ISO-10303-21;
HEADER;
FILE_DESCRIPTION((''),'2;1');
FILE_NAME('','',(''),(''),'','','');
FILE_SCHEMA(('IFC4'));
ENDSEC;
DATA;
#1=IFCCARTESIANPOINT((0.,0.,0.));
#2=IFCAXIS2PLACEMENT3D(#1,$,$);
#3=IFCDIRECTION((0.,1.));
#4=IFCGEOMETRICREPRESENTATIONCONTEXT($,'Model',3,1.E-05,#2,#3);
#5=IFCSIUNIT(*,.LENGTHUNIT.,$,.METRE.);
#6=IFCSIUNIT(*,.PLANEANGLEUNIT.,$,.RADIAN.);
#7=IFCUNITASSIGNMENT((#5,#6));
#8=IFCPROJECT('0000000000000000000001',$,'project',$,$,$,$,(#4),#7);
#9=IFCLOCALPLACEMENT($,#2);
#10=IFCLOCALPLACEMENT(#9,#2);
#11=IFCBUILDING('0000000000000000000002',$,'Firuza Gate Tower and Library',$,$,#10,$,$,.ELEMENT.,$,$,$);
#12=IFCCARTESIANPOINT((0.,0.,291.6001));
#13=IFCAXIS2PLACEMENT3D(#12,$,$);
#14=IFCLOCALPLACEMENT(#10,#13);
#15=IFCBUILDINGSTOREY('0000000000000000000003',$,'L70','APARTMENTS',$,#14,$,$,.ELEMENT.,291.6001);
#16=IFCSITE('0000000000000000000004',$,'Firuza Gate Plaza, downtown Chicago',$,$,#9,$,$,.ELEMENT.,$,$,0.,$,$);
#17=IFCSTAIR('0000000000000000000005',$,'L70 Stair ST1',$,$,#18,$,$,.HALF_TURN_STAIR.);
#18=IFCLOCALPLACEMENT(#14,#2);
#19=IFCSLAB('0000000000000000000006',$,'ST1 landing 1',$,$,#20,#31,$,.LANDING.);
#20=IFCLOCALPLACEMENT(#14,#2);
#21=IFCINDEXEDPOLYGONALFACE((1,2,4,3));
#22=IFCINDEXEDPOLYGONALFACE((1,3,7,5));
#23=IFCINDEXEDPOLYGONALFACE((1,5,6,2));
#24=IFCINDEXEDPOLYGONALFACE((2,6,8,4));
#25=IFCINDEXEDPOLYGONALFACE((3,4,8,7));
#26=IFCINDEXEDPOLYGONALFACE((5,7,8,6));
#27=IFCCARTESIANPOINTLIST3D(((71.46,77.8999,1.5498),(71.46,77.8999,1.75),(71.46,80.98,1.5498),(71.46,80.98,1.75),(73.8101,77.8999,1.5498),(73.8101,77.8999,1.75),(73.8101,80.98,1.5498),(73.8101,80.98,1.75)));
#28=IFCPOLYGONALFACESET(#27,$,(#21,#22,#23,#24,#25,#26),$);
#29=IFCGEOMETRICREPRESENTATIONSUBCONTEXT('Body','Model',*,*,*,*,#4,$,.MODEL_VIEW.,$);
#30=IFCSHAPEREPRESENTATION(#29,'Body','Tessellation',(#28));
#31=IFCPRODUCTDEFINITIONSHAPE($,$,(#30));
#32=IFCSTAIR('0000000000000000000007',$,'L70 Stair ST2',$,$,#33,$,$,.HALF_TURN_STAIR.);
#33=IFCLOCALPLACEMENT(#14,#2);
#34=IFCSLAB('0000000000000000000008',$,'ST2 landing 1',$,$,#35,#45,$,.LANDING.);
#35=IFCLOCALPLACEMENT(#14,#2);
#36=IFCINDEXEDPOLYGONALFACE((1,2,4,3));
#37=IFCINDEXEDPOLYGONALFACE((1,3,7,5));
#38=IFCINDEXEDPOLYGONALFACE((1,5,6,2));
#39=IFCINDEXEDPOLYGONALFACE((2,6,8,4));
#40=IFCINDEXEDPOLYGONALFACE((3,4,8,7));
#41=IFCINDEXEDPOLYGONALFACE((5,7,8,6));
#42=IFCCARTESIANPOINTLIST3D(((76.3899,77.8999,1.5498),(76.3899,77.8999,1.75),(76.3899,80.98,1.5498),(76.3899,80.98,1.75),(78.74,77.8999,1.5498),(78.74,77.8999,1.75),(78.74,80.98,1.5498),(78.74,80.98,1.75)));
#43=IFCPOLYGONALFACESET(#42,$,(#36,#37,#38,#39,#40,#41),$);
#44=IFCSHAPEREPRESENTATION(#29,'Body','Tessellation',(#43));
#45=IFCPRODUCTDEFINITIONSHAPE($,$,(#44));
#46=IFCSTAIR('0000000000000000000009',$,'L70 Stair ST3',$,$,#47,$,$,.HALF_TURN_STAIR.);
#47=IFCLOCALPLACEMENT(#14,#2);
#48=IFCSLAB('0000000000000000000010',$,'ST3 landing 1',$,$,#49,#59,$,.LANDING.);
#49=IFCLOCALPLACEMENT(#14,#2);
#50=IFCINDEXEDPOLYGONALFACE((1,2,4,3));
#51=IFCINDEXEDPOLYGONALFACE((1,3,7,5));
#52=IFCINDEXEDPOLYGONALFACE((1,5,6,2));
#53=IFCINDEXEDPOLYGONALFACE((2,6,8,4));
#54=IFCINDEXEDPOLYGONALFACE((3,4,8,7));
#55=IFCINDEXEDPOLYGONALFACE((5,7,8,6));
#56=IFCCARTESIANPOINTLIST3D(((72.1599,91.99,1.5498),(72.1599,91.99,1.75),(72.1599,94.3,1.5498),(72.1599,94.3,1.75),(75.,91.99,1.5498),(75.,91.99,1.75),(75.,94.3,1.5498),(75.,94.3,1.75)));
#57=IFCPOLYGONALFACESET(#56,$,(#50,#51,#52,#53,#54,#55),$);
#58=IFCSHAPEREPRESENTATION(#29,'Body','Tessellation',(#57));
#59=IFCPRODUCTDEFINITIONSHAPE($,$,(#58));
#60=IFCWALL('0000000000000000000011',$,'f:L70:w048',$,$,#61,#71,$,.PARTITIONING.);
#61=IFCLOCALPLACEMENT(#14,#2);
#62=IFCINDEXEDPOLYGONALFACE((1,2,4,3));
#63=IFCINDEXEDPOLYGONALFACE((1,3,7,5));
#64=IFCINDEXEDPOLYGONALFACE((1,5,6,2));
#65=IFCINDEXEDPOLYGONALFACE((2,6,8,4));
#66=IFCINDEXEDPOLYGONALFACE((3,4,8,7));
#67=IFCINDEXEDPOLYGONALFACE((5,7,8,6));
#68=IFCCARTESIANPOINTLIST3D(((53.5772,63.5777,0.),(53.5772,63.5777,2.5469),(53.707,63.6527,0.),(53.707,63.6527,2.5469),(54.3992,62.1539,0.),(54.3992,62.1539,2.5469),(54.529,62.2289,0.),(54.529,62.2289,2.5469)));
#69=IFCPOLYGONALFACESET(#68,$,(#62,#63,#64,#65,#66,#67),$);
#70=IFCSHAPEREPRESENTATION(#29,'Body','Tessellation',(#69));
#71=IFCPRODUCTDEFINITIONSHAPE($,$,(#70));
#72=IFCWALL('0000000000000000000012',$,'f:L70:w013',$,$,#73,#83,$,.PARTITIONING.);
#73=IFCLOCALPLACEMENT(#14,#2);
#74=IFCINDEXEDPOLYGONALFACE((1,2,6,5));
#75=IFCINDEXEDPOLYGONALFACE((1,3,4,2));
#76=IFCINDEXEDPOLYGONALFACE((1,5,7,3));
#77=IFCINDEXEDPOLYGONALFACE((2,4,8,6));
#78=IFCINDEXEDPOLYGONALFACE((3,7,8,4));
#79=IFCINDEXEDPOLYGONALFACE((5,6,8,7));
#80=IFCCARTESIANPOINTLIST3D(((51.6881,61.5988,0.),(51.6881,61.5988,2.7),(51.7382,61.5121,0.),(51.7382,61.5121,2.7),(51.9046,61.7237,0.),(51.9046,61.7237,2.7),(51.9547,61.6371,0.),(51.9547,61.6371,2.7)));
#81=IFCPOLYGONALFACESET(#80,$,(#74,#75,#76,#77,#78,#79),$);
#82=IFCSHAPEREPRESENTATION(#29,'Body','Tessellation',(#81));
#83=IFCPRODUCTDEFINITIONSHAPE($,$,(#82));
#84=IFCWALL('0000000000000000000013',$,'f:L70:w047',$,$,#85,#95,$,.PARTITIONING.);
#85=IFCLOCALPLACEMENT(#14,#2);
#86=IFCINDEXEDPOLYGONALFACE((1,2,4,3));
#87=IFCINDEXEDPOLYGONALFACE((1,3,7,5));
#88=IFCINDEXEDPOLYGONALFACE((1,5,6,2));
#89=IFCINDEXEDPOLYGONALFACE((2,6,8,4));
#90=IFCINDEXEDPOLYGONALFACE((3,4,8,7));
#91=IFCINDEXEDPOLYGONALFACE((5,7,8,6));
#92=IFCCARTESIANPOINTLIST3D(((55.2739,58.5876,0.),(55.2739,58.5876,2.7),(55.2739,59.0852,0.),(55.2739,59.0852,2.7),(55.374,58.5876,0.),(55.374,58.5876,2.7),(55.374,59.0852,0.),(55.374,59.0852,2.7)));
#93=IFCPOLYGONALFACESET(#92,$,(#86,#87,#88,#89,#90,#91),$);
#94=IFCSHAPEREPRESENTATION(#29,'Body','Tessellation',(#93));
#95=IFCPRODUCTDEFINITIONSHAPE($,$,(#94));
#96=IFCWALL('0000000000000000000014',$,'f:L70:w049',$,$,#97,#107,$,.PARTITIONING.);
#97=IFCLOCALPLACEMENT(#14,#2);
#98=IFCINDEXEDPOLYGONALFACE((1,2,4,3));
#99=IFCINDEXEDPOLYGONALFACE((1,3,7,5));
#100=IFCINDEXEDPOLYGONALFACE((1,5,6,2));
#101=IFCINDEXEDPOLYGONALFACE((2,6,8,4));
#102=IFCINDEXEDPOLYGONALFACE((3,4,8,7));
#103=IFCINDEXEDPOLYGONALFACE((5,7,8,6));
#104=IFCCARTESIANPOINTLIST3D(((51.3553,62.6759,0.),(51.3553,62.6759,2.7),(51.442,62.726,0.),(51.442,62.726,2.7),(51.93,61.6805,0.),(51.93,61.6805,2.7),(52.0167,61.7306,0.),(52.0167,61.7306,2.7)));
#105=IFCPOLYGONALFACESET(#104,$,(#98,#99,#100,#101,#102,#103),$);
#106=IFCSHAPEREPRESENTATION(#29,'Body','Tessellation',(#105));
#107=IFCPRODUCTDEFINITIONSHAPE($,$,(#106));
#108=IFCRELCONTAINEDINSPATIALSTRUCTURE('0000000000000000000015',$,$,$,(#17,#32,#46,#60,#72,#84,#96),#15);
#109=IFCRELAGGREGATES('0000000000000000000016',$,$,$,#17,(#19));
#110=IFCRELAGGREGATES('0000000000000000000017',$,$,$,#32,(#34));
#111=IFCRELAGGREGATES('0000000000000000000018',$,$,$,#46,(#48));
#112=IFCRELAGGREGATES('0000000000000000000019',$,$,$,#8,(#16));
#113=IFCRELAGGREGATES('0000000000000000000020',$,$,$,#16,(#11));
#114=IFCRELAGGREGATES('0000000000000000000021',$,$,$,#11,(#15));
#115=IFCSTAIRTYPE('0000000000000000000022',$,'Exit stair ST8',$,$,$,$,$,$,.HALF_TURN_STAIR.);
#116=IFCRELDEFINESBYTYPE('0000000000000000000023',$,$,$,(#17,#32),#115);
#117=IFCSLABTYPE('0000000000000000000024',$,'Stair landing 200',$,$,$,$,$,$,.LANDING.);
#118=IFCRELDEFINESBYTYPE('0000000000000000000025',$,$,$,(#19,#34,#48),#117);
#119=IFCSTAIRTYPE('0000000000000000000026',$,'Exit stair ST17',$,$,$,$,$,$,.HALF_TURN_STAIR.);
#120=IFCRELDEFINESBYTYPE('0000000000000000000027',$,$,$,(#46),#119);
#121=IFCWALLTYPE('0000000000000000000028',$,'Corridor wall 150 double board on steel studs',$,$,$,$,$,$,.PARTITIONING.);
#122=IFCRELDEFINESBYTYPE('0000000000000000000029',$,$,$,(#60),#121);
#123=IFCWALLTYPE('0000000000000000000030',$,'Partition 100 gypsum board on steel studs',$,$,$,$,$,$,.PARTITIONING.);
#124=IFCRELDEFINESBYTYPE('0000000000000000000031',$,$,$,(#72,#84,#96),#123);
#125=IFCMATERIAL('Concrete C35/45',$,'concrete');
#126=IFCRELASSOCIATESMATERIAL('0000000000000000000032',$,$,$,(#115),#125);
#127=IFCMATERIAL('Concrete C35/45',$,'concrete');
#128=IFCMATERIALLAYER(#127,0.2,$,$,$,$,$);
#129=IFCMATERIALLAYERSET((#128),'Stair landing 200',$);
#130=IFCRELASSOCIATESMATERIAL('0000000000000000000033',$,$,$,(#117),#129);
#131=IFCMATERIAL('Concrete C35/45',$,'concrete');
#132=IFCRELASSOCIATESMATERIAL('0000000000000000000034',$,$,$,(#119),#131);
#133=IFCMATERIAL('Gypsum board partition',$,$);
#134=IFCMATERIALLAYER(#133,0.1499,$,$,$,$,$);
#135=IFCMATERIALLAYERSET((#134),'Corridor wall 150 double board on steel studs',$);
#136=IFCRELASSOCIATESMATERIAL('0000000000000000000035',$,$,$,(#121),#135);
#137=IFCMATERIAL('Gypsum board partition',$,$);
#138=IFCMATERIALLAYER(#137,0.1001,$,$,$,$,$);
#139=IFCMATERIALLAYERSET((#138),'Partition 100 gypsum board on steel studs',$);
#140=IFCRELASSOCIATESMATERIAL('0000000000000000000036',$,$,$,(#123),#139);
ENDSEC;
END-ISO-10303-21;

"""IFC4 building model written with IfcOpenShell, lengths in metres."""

from ifc_helpers import new_model, si_unit, direction, frame, frame_2d, origin, place, context, subcontext, project, spatial, polyline, rectangle, outline, extrude, material, layer, layer_set, type_object, element, aggregate, save


model = new_model("IFC4")

# Units and contexts
model_context = context("Model", 3, precision=1e-05, world=origin(), true_north=direction((0.0, 1.0)))
body_context = subcontext(model_context, "Body", "Model", "MODEL_VIEW")
ifc_project = project(units=[si_unit("LENGTHUNIT", "METRE"), si_unit("PLANEANGLEUNIT", "RADIAN")], contexts=[model_context])

# Site, building, storey
site_placement = place(None, origin())
site = spatial("IfcSite", under=ifc_project, at=site_placement, Name="Firuza Gate Plaza, downtown Chicago", CompositionType="ELEMENT", RefElevation=0.0)
building_placement = place(site_placement, origin())
building = spatial("IfcBuilding", under=site, at=building_placement, Name="Firuza Gate Tower and Library", CompositionType="ELEMENT")
storey_placement = place(building_placement, frame((0.0, 0.0, 291.6001)))
storey = spatial("IfcBuildingStorey", under=building, at=storey_placement, Name="L70", Description="APARTMENTS", CompositionType="ELEMENT", Elevation=291.6001)

# Shared definitions
placement_1 = place(storey_placement, origin())

# Stairs, slabs
ifc_material_1 = material(Name="Concrete C35/45", Category="concrete")
stair_type_1 = type_object("IfcStairType", Name="Exit stair ST8", PredefinedType="HALF_TURN_STAIR", material=ifc_material_1)
stair_1 = element("IfcStair", 1, at=placement_1, inside=storey, type_object=stair_type_1, Name="L70 Stair ST1", PredefinedType="HALF_TURN_STAIR")
ifc_material_2 = material(Name="Concrete C35/45", Category="concrete")
ifc_layer_1 = layer(ifc_material_2, 0.2)
ifc_layer_set_1 = layer_set([ifc_layer_1], Name="Stair landing 200")
slab_type_1 = type_object("IfcSlabType", Name="Stair landing 200", PredefinedType="LANDING", material=ifc_layer_set_1)
placement_2 = place(storey_placement, frame((0.0, 0.0, 1.5498)))
slab_1 = element("IfcSlab", 2, at=placement_2, type_object=slab_type_1, Name="ST1 landing 1", PredefinedType="LANDING", context=body_context, shape_type="SweptSolid", body=[
    extrude(outline(polyline([(71.46, 77.8999), (73.8101, 77.8999), (73.8101, 80.98), (71.46, 80.98), (71.46, 77.8999)])), origin(), (0.0, 0.0, 1.0), 0.2002),
])
aggregate(stair_1, [slab_1])
stair_2 = element("IfcStair", 3, at=placement_1, inside=storey, type_object=stair_type_1, Name="L70 Stair ST2", PredefinedType="HALF_TURN_STAIR")
slab_2 = element("IfcSlab", 4, at=placement_2, type_object=slab_type_1, Name="ST2 landing 1", PredefinedType="LANDING", context=body_context, shape_type="SweptSolid", body=[
    extrude(outline(polyline([(78.74, 80.98), (76.3899, 80.98), (76.3899, 77.8999), (78.74, 77.8999), (78.74, 80.98)])), origin(), (0.0, 0.0, 1.0), 0.2002),
])
aggregate(stair_2, [slab_2])
ifc_material_3 = material(Name="Concrete C35/45", Category="concrete")
stair_type_2 = type_object("IfcStairType", Name="Exit stair ST17", PredefinedType="HALF_TURN_STAIR", material=ifc_material_3)
stair_3 = element("IfcStair", 5, at=placement_1, inside=storey, type_object=stair_type_2, Name="L70 Stair ST3", PredefinedType="HALF_TURN_STAIR")
slab_3 = element("IfcSlab", 6, at=placement_2, type_object=slab_type_1, Name="ST3 landing 1", PredefinedType="LANDING", context=body_context, shape_type="SweptSolid", body=[
    extrude(outline(polyline([(75.0, 91.99), (75.0, 94.3), (72.1599, 94.3), (72.1599, 91.99), (75.0, 91.99)])), origin(), (0.0, 0.0, 1.0), 0.2002),
])
aggregate(stair_3, [slab_3])

# Walls
ifc_material_4 = material(Name="Gypsum board partition")
ifc_layer_2 = layer(ifc_material_4, 0.1499)
ifc_layer_set_2 = layer_set([ifc_layer_2], Name="Corridor wall 150 double board on steel studs")
wall_type_1 = type_object("IfcWallType", Name="Corridor wall 150 double board on steel studs", PredefinedType="PARTITIONING", material=ifc_layer_set_2)
wall_1_placement = place(storey_placement, frame((54.4641, 62.1914, 0.0), z_axis=(0.0, 0.0, 1.0), x_axis=(-0.499988, 0.866032, 0.0)))
element("IfcWall", 7, at=wall_1_placement, inside=storey, type_object=wall_type_1, Name="f:L70:w048", PredefinedType="PARTITIONING", context=body_context, shape_type="SweptSolid", body=[
    extrude(rectangle(XDim=1.644, YDim=0.1499, at=frame_2d((0.822, 0.0))), origin(), (0.0, 0.0, 1.0), 2.5469),
])
ifc_material_5 = material(Name="Gypsum board partition")
ifc_layer_3 = layer(ifc_material_5, 0.1001)
ifc_layer_set_3 = layer_set([ifc_layer_3], Name="Partition 100 gypsum board on steel studs")
wall_type_2 = type_object("IfcWallType", Name="Partition 100 gypsum board on steel studs", PredefinedType="PARTITIONING", material=ifc_layer_set_3)
wall_2_placement = place(storey_placement, frame((51.7131, 61.5554, 0.0), z_axis=(0.0, 0.0, 1.0), x_axis=(0.866072, 0.49992, 0.0)))
element("IfcWall", 8, at=wall_2_placement, inside=storey, type_object=wall_type_2, Name="f:L70:w013", PredefinedType="PARTITIONING", context=body_context, shape_type="SweptSolid", body=[
    extrude(rectangle(XDim=0.25, YDim=0.1001, at=frame_2d((0.125, 0.0))), origin(), (0.0, 0.0, 1.0), 2.7),
])
wall_3_placement = place(storey_placement, frame((55.324, 58.5876, 0.0), z_axis=(0.0, 0.0, 1.0), x_axis=(0.0, 1.0, 0.0)))
element("IfcWall", 9, at=wall_3_placement, inside=storey, type_object=wall_type_2, Name="f:L70:w047", PredefinedType="PARTITIONING", context=body_context, shape_type="SweptSolid", body=[
    extrude(rectangle(XDim=0.4976, YDim=0.1001, at=frame_2d((0.2488, 0.0))), origin(), (0.0, 0.0, 1.0), 2.7),
])
wall_4_placement = place(storey_placement, frame((51.9734, 61.7056, 0.0), z_axis=(0.0, 0.0, 1.0), x_axis=(-0.500023, 0.866012, 0.0)))
element("IfcWall", 10, at=wall_4_placement, inside=storey, type_object=wall_type_2, Name="f:L70:w049", PredefinedType="PARTITIONING", context=body_context, shape_type="SweptSolid", body=[
    extrude(rectangle(XDim=1.1494, YDim=0.1001, at=frame_2d((0.5747, 0.0))), origin(), (0.0, 0.0, 1.0), 2.7),
])

save(model, "model.ifc")
